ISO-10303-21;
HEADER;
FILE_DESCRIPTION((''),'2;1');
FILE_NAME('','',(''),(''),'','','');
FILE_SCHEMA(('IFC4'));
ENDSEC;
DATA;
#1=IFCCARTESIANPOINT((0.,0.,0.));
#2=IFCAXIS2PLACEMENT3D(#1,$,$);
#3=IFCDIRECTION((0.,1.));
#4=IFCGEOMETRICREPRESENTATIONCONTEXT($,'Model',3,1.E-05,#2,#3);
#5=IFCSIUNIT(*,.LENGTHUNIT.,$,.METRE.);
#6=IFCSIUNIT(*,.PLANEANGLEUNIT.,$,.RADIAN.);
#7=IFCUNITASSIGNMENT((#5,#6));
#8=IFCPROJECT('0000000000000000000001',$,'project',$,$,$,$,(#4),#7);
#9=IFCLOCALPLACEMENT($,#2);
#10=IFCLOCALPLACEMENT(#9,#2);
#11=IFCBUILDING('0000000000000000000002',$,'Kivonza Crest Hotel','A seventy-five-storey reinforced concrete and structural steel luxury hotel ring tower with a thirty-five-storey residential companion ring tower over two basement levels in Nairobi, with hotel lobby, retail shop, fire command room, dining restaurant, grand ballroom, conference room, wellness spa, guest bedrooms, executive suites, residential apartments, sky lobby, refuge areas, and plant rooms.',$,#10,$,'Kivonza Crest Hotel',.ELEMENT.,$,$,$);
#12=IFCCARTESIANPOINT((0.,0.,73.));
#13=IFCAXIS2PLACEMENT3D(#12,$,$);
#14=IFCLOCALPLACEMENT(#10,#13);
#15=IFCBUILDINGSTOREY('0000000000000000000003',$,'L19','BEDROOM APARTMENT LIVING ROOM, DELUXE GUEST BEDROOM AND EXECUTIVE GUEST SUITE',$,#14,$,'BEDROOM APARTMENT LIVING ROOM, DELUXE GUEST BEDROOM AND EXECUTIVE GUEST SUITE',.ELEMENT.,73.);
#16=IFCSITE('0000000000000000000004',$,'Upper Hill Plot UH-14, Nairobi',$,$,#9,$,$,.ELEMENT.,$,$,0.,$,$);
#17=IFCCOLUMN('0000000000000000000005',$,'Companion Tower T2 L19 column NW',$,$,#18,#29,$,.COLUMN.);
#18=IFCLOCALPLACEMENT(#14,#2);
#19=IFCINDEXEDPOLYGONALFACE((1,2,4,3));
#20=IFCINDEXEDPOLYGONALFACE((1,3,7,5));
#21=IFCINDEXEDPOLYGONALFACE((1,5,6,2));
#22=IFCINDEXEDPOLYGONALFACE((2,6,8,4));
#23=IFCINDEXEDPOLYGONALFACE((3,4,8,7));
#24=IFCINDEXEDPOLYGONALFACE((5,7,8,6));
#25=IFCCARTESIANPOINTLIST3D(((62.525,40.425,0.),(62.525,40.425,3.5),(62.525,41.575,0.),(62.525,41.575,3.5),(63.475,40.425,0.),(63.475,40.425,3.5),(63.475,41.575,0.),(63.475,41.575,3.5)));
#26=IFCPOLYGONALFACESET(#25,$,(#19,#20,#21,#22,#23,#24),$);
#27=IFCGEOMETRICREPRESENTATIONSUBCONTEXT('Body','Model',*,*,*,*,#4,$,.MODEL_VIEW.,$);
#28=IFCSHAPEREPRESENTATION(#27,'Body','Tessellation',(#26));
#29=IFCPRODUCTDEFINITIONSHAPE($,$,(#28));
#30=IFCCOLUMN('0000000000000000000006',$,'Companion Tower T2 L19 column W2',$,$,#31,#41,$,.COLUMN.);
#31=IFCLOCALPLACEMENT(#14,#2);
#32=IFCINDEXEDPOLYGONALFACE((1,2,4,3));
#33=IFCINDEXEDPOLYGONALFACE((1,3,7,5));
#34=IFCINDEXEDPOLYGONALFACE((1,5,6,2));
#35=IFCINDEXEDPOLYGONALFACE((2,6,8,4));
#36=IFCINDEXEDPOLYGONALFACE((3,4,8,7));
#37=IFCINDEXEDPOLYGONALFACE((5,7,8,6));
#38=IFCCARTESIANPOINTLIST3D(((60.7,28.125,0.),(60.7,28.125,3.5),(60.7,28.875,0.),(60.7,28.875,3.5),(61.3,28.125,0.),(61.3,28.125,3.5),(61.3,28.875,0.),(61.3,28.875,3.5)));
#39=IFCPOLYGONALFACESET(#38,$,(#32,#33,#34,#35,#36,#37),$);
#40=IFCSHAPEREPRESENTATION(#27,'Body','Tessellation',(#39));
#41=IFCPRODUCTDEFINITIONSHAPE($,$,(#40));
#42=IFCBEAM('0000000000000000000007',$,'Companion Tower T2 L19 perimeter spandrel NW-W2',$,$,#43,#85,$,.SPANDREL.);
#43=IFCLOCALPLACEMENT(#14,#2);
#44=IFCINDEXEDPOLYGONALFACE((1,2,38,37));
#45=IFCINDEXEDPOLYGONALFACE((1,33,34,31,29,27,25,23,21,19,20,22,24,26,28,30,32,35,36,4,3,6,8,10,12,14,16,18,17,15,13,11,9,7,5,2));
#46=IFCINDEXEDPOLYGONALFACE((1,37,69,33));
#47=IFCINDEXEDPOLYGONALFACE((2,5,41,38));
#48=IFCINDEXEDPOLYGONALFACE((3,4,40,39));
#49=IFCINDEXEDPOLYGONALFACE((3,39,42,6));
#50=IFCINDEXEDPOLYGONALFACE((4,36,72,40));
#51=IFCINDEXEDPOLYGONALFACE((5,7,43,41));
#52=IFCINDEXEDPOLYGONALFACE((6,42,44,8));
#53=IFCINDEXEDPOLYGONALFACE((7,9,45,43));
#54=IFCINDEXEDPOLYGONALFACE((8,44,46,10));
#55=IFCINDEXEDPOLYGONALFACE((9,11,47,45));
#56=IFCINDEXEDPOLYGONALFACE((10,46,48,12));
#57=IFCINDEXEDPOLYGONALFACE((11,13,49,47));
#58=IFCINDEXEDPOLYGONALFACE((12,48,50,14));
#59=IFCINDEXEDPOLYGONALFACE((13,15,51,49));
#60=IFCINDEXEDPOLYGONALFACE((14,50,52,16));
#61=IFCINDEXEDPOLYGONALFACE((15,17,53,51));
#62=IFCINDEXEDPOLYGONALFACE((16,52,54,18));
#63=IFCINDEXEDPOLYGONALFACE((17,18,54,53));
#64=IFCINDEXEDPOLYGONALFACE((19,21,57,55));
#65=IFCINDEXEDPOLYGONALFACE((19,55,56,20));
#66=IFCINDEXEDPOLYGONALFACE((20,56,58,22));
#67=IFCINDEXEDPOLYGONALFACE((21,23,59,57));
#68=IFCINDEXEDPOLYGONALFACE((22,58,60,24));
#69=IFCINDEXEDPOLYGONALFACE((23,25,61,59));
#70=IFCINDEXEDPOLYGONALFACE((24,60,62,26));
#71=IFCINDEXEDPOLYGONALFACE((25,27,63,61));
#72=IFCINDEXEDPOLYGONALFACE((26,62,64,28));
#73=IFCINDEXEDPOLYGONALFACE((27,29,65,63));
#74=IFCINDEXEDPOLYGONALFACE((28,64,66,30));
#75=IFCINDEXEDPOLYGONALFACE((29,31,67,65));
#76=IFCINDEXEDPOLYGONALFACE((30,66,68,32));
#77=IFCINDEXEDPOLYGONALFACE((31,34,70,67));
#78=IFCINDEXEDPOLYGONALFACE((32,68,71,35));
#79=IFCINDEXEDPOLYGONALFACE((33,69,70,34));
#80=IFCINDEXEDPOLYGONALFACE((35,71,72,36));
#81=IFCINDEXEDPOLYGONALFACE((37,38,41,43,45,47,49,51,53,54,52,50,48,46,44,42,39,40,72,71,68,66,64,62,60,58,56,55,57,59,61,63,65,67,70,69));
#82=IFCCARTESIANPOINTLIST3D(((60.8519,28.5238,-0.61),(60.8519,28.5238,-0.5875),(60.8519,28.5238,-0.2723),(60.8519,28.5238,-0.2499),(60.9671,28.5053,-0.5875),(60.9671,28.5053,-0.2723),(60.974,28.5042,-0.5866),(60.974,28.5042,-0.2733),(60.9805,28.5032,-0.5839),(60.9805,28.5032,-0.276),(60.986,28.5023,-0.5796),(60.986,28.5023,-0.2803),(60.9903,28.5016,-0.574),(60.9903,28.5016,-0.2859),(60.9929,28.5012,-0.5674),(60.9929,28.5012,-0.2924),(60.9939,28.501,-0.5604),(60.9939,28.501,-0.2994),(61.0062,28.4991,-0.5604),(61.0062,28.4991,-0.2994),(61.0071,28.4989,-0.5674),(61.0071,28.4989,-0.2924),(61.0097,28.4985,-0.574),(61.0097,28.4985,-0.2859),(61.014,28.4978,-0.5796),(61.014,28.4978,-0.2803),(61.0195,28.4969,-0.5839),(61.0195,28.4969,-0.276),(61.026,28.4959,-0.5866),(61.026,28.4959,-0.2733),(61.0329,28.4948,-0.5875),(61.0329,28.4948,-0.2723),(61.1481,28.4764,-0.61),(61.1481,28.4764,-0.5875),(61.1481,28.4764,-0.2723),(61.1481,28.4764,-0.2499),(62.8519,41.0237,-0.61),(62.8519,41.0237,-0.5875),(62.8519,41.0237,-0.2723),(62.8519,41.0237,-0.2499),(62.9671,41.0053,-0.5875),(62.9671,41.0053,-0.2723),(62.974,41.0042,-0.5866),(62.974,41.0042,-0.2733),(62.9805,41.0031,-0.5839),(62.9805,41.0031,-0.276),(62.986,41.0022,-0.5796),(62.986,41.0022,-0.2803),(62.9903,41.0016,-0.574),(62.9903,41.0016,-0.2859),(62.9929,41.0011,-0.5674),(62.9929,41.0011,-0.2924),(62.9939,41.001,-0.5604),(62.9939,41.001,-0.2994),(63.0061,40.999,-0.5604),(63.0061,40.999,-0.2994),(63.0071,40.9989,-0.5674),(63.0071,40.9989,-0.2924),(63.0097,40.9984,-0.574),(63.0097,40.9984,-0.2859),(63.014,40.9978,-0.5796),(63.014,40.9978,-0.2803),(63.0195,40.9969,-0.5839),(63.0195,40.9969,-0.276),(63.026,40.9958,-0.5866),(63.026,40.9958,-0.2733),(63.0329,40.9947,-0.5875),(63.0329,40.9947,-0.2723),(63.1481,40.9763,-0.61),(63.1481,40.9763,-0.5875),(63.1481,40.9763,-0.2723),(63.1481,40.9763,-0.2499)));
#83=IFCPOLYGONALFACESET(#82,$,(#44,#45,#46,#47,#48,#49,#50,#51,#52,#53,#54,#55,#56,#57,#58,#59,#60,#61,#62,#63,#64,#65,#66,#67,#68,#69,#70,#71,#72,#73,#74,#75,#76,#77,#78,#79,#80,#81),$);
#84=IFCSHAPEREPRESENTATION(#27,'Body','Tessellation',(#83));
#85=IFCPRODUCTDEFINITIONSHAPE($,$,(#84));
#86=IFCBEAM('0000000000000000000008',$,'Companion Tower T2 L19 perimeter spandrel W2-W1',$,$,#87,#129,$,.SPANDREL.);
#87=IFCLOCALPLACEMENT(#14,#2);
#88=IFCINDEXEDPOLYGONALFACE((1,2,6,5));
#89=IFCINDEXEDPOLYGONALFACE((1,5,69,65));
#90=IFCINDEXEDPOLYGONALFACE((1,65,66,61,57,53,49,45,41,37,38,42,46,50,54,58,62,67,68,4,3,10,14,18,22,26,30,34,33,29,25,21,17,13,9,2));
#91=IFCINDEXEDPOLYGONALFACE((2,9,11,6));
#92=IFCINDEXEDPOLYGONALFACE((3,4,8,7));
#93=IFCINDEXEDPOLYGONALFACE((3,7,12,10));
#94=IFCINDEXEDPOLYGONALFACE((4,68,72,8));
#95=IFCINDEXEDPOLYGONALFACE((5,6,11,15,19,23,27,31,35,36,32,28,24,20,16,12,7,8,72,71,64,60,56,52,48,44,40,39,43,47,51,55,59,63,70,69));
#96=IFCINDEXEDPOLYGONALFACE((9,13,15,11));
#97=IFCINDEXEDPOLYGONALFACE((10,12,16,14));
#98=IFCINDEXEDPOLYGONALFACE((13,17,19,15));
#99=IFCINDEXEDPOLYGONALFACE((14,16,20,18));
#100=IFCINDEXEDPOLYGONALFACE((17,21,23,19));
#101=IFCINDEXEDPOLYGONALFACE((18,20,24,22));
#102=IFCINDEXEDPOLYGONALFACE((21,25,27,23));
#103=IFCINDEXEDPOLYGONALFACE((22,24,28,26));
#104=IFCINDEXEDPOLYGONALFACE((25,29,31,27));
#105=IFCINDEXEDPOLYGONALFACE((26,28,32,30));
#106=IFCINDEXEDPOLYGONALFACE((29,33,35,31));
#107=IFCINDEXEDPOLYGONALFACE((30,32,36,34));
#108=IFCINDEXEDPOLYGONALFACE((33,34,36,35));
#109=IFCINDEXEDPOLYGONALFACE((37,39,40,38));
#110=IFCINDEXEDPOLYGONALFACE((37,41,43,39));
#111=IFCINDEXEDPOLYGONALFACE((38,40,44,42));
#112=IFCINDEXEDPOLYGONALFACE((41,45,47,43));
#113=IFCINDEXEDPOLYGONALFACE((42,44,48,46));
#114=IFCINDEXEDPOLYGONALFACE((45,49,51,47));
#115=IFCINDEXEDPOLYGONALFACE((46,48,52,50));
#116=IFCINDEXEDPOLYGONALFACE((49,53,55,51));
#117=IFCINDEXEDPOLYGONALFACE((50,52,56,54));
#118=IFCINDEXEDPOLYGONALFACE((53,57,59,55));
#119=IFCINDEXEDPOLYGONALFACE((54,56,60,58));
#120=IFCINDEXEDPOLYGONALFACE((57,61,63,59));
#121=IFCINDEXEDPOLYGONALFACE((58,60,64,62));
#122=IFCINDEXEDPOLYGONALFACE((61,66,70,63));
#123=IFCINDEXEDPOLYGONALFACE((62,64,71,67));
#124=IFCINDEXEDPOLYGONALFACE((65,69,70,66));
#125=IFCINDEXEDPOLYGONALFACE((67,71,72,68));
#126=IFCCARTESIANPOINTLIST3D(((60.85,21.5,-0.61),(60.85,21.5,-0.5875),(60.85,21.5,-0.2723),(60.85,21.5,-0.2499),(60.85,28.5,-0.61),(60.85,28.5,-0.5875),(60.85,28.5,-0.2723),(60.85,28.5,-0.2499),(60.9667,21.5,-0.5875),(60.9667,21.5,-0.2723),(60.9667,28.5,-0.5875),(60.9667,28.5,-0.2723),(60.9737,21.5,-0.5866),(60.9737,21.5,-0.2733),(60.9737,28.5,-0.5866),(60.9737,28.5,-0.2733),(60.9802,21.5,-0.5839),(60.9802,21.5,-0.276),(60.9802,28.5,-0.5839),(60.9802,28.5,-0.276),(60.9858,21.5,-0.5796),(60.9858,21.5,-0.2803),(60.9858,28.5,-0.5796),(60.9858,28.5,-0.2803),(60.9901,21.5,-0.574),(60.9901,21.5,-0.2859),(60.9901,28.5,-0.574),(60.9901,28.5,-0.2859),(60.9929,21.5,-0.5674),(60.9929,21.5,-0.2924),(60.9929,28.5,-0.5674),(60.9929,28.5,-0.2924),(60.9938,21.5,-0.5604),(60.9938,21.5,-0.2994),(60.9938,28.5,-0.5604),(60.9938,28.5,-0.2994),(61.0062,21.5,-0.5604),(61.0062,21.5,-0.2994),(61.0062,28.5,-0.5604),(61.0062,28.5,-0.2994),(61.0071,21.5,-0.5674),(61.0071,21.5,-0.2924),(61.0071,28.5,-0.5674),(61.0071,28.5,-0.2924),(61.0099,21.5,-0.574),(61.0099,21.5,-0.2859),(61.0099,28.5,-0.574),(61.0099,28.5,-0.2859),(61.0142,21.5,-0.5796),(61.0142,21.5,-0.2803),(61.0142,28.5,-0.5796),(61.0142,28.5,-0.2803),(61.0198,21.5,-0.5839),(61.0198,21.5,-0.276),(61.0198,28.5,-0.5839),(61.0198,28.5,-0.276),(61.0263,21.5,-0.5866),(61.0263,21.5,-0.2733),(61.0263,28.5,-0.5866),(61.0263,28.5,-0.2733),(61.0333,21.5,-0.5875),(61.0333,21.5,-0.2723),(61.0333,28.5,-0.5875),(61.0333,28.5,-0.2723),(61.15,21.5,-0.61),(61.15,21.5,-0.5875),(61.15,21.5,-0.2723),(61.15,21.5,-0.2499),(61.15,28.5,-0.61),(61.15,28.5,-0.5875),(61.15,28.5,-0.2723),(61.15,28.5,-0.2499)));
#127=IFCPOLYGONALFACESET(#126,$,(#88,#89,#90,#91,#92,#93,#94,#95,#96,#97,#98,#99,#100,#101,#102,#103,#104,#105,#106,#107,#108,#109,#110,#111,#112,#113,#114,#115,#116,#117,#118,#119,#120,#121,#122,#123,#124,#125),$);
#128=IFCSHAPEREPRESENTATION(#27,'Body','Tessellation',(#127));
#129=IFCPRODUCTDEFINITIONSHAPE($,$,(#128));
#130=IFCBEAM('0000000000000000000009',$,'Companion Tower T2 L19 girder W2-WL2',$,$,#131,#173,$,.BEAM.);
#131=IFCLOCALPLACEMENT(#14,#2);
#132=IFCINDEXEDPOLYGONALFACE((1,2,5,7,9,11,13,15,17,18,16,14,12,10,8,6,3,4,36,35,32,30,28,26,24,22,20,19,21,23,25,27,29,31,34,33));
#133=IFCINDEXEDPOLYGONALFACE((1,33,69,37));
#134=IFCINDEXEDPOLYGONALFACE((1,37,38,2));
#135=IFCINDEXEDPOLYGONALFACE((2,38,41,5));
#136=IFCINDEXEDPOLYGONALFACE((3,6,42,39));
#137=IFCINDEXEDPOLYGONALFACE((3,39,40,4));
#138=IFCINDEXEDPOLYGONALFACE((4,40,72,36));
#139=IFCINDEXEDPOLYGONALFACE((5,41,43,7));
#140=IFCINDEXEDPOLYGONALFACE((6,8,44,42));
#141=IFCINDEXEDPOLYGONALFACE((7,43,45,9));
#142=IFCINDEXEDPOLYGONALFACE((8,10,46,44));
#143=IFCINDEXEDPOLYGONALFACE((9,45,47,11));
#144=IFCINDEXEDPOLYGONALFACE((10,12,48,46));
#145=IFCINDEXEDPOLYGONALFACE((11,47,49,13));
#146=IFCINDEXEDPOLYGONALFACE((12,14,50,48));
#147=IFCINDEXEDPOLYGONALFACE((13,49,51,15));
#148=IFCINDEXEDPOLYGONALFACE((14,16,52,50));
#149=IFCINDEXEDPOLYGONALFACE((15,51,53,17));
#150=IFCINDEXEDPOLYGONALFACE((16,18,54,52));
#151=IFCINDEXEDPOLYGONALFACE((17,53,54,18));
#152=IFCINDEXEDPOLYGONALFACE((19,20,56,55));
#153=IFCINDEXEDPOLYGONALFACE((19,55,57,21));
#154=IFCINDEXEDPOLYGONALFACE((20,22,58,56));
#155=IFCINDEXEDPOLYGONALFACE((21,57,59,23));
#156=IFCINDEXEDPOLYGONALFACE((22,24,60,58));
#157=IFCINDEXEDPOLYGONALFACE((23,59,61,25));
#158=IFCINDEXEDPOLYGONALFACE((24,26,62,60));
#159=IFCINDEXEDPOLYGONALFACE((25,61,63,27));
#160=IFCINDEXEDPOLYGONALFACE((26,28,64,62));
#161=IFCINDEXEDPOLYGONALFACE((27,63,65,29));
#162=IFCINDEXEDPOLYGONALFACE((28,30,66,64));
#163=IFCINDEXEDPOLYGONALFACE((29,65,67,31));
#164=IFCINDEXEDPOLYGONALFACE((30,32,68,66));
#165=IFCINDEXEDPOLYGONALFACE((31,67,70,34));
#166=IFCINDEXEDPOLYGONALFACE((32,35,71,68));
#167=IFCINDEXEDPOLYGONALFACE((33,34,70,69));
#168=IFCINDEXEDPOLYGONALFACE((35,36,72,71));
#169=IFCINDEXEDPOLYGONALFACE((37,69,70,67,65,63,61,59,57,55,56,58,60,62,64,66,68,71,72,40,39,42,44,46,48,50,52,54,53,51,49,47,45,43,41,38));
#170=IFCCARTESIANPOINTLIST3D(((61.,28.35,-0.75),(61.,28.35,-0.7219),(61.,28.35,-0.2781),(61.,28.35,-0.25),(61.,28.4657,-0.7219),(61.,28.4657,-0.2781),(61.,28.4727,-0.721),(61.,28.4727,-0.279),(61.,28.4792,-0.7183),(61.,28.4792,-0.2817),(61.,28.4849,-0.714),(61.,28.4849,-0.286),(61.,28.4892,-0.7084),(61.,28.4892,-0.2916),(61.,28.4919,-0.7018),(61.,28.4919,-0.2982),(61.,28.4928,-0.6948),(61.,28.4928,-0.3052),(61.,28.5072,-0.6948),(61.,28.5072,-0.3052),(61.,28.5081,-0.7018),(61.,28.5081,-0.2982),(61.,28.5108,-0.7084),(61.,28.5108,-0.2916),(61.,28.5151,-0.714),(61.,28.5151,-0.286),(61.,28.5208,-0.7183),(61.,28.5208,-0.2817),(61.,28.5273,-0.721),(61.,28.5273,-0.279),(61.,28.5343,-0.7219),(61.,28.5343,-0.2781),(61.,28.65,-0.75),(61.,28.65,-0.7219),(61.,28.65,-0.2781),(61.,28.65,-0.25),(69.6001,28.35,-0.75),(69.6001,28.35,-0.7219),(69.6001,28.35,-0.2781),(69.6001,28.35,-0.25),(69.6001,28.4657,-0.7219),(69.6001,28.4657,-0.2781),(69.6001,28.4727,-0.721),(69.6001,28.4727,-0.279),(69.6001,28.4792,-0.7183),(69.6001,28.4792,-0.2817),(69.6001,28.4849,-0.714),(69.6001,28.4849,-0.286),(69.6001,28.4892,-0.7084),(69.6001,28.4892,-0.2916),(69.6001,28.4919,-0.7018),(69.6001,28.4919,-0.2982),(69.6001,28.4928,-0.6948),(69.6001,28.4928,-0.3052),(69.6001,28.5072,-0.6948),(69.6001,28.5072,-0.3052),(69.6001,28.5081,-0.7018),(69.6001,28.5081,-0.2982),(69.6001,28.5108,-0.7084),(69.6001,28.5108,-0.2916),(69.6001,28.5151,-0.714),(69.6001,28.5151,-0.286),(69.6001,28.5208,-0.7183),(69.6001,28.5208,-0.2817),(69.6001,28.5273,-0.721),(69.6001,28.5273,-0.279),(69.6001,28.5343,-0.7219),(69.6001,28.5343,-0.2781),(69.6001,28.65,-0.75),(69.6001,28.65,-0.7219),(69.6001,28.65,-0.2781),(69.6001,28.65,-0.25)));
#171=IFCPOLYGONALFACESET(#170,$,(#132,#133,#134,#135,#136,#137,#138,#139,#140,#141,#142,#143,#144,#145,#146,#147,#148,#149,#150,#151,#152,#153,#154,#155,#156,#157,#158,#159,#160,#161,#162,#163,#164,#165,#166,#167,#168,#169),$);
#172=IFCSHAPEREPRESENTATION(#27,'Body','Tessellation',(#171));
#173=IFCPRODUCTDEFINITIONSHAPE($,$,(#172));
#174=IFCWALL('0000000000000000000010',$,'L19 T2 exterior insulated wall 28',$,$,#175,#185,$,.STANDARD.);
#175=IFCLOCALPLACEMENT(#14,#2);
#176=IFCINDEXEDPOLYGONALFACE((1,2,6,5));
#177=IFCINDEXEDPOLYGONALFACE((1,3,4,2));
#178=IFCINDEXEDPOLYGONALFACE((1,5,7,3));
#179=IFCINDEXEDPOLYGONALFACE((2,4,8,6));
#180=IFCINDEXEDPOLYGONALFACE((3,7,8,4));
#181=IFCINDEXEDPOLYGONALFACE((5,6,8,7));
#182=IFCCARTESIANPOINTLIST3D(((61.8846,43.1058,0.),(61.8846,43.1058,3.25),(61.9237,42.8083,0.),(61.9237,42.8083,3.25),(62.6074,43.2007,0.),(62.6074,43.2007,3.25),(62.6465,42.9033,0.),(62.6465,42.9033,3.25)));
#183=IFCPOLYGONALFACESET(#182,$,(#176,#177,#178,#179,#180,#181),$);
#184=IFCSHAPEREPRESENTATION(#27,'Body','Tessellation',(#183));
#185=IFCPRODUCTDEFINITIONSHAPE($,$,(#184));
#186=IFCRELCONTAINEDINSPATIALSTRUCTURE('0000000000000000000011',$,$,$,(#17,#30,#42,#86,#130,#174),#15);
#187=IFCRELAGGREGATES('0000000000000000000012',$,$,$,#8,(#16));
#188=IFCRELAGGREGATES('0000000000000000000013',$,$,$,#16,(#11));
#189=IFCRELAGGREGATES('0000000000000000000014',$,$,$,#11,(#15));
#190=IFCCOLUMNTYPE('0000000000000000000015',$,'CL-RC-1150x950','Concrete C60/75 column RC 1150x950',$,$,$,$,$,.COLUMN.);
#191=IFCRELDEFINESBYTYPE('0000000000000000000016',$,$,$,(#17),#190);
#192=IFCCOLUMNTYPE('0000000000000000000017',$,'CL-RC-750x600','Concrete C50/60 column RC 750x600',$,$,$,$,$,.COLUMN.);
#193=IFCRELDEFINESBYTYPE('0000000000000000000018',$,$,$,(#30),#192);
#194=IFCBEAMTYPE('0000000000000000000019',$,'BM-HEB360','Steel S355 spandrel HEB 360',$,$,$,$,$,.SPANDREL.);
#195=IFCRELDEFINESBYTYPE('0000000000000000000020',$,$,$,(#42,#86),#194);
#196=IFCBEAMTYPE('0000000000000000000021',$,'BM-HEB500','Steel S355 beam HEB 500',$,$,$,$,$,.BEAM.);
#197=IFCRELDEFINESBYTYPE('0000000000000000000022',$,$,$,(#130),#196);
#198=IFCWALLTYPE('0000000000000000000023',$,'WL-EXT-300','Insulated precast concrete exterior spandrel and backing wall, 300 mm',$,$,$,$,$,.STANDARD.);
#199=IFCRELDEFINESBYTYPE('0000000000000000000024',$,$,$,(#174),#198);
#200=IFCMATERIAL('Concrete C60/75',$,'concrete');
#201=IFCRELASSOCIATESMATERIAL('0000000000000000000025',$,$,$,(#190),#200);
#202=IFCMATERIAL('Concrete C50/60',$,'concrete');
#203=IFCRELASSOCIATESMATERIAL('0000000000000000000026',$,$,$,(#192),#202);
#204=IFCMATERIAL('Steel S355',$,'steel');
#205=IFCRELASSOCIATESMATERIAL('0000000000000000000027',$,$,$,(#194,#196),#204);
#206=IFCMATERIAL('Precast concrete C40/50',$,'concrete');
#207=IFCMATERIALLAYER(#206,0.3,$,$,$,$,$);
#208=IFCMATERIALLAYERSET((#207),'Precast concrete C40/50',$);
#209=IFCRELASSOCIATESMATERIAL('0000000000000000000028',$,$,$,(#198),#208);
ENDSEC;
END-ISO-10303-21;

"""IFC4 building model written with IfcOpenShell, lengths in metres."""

from ifc_helpers import new_model, si_unit, direction, frame, frame_2d, origin, origin_2d, place, context, subcontext, project, spatial, rectangle, i_section, extrude, material, layer, layer_set, material_profile, profile_set, type_object, element, save


model = new_model("IFC4")

# Units and contexts
model_context = context("Model", 3, precision=1e-05, world=origin(), true_north=direction((0.0, 1.0)))
body_context = subcontext(model_context, "Body", "Model", "MODEL_VIEW")
ifc_project = project(units=[si_unit("LENGTHUNIT", "METRE"), si_unit("PLANEANGLEUNIT", "RADIAN")], contexts=[model_context])

# Site, building, storey
site_placement = place(None, origin())
site = spatial("IfcSite", under=ifc_project, at=site_placement, Name="Upper Hill Plot UH-14, Nairobi", CompositionType="ELEMENT", RefElevation=0.0)
building_placement = place(site_placement, origin())
building = spatial("IfcBuilding", under=site, at=building_placement, Name="Kivonza Crest Hotel", Description="A seventy-five-storey reinforced concrete and structural steel luxury hotel ring tower with a thirty-five-storey residential companion ring tower over two basement levels in Nairobi, with hotel lobby, retail shop, fire command room, dining restaurant, grand ballroom, conference room, wellness spa, guest bedrooms, executive suites, residential apartments, sky lobby, refuge areas, and plant rooms.", LongName="Kivonza Crest Hotel", CompositionType="ELEMENT")
storey_placement = place(building_placement, frame((0.0, 0.0, 73.0)))
storey = spatial("IfcBuildingStorey", under=building, at=storey_placement, Name="L19", Description="BEDROOM APARTMENT LIVING ROOM, DELUXE GUEST BEDROOM AND EXECUTIVE GUEST SUITE", LongName="BEDROOM APARTMENT LIVING ROOM, DELUXE GUEST BEDROOM AND EXECUTIVE GUEST SUITE", CompositionType="ELEMENT", Elevation=73.0)

# Columns
ifc_material_1 = material(Name="Concrete C60/75", Category="concrete")
ifc_material_profile_1 = material_profile(ifc_material_1, rectangle(XDim=0.95, YDim=1.1499, at=origin_2d()), Name="RC 1150x950")
ifc_profile_set_1 = profile_set([ifc_material_profile_1], Name="Concrete C60/75")
column_type_1 = type_object("IfcColumnType", Name="CL-RC-1150x950", Description="Concrete C60/75 column RC 1150x950", PredefinedType="COLUMN", material=ifc_profile_set_1)
column_1_placement = place(storey_placement, frame((63.0, 41.0, 0.0), z_axis=(0.0, 0.0, 1.0), x_axis=(1.0, 0.0, 0.0)))
element("IfcColumn", 1, at=column_1_placement, inside=storey, type_object=column_type_1, Name="Companion Tower T2 L19 column NW", PredefinedType="COLUMN", context=body_context, shape_type="SweptSolid", body=[
    extrude(rectangle(XDim=0.95, YDim=1.1499, at=origin_2d()), origin(), (0.0, 0.0, 1.0), 3.5),
])
ifc_material_2 = material(Name="Concrete C50/60", Category="concrete")
ifc_material_profile_2 = material_profile(ifc_material_2, rectangle(XDim=0.6001, YDim=0.75, at=origin_2d()), Name="RC 750x600")
ifc_profile_set_2 = profile_set([ifc_material_profile_2], Name="Concrete C50/60")
column_type_2 = type_object("IfcColumnType", Name="CL-RC-750x600", Description="Concrete C50/60 column RC 750x600", PredefinedType="COLUMN", material=ifc_profile_set_2)
column_2_placement = place(storey_placement, frame((61.0, 28.5, 0.0), z_axis=(0.0, 0.0, 1.0), x_axis=(1.0, 0.0, 0.0)))
element("IfcColumn", 2, at=column_2_placement, inside=storey, type_object=column_type_2, Name="Companion Tower T2 L19 column W2", PredefinedType="COLUMN", context=body_context, shape_type="SweptSolid", body=[
    extrude(rectangle(XDim=0.6001, YDim=0.75, at=origin_2d()), origin(), (0.0, 0.0, 1.0), 3.5),
])

# Beams
ifc_material_3 = material(Name="Steel S355", Category="steel")
ifc_material_profile_3 = material_profile(ifc_material_3, i_section(OverallWidth=0.3, OverallDepth=0.3601, WebThickness=0.0125, FlangeThickness=0.0225, FilletRadius=0.0271, at=origin_2d()), Name="HEB 360")
ifc_profile_set_3 = profile_set([ifc_material_profile_3], Name="Steel S355")
beam_type_1 = type_object("IfcBeamType", Name="BM-HEB360", Description="Steel S355 spandrel HEB 360", PredefinedType="SPANDREL", material=ifc_profile_set_3)
beam_1_placement = place(storey_placement, frame((63.0, 41.0, -0.4299), z_axis=(-0.157991, -0.987441, 0.0), x_axis=(0.987441, -0.157991, 0.0)))
element("IfcBeam", 3, at=beam_1_placement, inside=storey, type_object=beam_type_1, Name="Companion Tower T2 L19 perimeter spandrel NW-W2", PredefinedType="SPANDREL", context=body_context, shape_type="SweptSolid", body=[
    extrude(i_section(OverallWidth=0.3, OverallDepth=0.3601, WebThickness=0.0125, FlangeThickness=0.0225, FilletRadius=0.0271, at=origin_2d()), origin(), (0.0, 0.0, 1.0), 12.6589),
])
beam_2_placement = place(storey_placement, frame((61.0, 28.5, -0.4299), z_axis=(0.0, -1.0, 0.0), x_axis=(1.0, 0.0, 0.0)))
element("IfcBeam", 4, at=beam_2_placement, inside=storey, type_object=beam_type_1, Name="Companion Tower T2 L19 perimeter spandrel W2-W1", PredefinedType="SPANDREL", context=body_context, shape_type="SweptSolid", body=[
    extrude(i_section(OverallWidth=0.3, OverallDepth=0.3601, WebThickness=0.0125, FlangeThickness=0.0225, FilletRadius=0.0271, at=origin_2d()), origin(), (0.0, 0.0, 1.0), 7.0),
])
ifc_material_profile_4 = material_profile(ifc_material_3, i_section(OverallWidth=0.3, OverallDepth=0.5, WebThickness=0.0144, FlangeThickness=0.0281, FilletRadius=0.0271, at=origin_2d()), Name="HEB 500")
ifc_profile_set_4 = profile_set([ifc_material_profile_4], Name="Steel S355")
beam_type_2 = type_object("IfcBeamType", Name="BM-HEB500", Description="Steel S355 beam HEB 500", PredefinedType="BEAM", material=ifc_profile_set_4)
beam_3_placement = place(storey_placement, frame((61.0, 28.5, -0.5), z_axis=(1.0, 0.0, 0.0), x_axis=(0.0, 1.0, 0.0)))
element("IfcBeam", 5, at=beam_3_placement, inside=storey, type_object=beam_type_2, Name="Companion Tower T2 L19 girder W2-WL2", PredefinedType="BEAM", context=body_context, shape_type="SweptSolid", body=[
    extrude(i_section(OverallWidth=0.3, OverallDepth=0.5, WebThickness=0.0144, FlangeThickness=0.0281, FilletRadius=0.0271, at=origin_2d()), origin(), (0.0, 0.0, 1.0), 8.6001),
])

# Wall
ifc_material_4 = material(Name="Precast concrete C40/50", Category="concrete")
ifc_layer_1 = layer(ifc_material_4, 0.3)
ifc_layer_set_1 = layer_set([ifc_layer_1], Name="Precast concrete C40/50")
wall_type_1 = type_object("IfcWallType", Name="WL-EXT-300", Description="Insulated precast concrete exterior spandrel and backing wall, 300 mm", PredefinedType="STANDARD", material=ifc_layer_set_1)
wall_1_placement = place(storey_placement, frame((62.627, 43.052, 0.0), z_axis=(0.0, 0.0, 1.0), x_axis=(-0.99148, -0.130255, 0.0)))
element("IfcWall", 6, at=wall_1_placement, inside=storey, type_object=wall_type_1, Name="L19 T2 exterior insulated wall 28", PredefinedType="STANDARD", context=body_context, shape_type="SweptSolid", body=[
    extrude(rectangle(XDim=0.729, YDim=0.3, at=frame_2d((0.3645, 0.0))), origin(), (0.0, 0.0, 1.0), 3.25),
])

save(model, "model.ifc")
